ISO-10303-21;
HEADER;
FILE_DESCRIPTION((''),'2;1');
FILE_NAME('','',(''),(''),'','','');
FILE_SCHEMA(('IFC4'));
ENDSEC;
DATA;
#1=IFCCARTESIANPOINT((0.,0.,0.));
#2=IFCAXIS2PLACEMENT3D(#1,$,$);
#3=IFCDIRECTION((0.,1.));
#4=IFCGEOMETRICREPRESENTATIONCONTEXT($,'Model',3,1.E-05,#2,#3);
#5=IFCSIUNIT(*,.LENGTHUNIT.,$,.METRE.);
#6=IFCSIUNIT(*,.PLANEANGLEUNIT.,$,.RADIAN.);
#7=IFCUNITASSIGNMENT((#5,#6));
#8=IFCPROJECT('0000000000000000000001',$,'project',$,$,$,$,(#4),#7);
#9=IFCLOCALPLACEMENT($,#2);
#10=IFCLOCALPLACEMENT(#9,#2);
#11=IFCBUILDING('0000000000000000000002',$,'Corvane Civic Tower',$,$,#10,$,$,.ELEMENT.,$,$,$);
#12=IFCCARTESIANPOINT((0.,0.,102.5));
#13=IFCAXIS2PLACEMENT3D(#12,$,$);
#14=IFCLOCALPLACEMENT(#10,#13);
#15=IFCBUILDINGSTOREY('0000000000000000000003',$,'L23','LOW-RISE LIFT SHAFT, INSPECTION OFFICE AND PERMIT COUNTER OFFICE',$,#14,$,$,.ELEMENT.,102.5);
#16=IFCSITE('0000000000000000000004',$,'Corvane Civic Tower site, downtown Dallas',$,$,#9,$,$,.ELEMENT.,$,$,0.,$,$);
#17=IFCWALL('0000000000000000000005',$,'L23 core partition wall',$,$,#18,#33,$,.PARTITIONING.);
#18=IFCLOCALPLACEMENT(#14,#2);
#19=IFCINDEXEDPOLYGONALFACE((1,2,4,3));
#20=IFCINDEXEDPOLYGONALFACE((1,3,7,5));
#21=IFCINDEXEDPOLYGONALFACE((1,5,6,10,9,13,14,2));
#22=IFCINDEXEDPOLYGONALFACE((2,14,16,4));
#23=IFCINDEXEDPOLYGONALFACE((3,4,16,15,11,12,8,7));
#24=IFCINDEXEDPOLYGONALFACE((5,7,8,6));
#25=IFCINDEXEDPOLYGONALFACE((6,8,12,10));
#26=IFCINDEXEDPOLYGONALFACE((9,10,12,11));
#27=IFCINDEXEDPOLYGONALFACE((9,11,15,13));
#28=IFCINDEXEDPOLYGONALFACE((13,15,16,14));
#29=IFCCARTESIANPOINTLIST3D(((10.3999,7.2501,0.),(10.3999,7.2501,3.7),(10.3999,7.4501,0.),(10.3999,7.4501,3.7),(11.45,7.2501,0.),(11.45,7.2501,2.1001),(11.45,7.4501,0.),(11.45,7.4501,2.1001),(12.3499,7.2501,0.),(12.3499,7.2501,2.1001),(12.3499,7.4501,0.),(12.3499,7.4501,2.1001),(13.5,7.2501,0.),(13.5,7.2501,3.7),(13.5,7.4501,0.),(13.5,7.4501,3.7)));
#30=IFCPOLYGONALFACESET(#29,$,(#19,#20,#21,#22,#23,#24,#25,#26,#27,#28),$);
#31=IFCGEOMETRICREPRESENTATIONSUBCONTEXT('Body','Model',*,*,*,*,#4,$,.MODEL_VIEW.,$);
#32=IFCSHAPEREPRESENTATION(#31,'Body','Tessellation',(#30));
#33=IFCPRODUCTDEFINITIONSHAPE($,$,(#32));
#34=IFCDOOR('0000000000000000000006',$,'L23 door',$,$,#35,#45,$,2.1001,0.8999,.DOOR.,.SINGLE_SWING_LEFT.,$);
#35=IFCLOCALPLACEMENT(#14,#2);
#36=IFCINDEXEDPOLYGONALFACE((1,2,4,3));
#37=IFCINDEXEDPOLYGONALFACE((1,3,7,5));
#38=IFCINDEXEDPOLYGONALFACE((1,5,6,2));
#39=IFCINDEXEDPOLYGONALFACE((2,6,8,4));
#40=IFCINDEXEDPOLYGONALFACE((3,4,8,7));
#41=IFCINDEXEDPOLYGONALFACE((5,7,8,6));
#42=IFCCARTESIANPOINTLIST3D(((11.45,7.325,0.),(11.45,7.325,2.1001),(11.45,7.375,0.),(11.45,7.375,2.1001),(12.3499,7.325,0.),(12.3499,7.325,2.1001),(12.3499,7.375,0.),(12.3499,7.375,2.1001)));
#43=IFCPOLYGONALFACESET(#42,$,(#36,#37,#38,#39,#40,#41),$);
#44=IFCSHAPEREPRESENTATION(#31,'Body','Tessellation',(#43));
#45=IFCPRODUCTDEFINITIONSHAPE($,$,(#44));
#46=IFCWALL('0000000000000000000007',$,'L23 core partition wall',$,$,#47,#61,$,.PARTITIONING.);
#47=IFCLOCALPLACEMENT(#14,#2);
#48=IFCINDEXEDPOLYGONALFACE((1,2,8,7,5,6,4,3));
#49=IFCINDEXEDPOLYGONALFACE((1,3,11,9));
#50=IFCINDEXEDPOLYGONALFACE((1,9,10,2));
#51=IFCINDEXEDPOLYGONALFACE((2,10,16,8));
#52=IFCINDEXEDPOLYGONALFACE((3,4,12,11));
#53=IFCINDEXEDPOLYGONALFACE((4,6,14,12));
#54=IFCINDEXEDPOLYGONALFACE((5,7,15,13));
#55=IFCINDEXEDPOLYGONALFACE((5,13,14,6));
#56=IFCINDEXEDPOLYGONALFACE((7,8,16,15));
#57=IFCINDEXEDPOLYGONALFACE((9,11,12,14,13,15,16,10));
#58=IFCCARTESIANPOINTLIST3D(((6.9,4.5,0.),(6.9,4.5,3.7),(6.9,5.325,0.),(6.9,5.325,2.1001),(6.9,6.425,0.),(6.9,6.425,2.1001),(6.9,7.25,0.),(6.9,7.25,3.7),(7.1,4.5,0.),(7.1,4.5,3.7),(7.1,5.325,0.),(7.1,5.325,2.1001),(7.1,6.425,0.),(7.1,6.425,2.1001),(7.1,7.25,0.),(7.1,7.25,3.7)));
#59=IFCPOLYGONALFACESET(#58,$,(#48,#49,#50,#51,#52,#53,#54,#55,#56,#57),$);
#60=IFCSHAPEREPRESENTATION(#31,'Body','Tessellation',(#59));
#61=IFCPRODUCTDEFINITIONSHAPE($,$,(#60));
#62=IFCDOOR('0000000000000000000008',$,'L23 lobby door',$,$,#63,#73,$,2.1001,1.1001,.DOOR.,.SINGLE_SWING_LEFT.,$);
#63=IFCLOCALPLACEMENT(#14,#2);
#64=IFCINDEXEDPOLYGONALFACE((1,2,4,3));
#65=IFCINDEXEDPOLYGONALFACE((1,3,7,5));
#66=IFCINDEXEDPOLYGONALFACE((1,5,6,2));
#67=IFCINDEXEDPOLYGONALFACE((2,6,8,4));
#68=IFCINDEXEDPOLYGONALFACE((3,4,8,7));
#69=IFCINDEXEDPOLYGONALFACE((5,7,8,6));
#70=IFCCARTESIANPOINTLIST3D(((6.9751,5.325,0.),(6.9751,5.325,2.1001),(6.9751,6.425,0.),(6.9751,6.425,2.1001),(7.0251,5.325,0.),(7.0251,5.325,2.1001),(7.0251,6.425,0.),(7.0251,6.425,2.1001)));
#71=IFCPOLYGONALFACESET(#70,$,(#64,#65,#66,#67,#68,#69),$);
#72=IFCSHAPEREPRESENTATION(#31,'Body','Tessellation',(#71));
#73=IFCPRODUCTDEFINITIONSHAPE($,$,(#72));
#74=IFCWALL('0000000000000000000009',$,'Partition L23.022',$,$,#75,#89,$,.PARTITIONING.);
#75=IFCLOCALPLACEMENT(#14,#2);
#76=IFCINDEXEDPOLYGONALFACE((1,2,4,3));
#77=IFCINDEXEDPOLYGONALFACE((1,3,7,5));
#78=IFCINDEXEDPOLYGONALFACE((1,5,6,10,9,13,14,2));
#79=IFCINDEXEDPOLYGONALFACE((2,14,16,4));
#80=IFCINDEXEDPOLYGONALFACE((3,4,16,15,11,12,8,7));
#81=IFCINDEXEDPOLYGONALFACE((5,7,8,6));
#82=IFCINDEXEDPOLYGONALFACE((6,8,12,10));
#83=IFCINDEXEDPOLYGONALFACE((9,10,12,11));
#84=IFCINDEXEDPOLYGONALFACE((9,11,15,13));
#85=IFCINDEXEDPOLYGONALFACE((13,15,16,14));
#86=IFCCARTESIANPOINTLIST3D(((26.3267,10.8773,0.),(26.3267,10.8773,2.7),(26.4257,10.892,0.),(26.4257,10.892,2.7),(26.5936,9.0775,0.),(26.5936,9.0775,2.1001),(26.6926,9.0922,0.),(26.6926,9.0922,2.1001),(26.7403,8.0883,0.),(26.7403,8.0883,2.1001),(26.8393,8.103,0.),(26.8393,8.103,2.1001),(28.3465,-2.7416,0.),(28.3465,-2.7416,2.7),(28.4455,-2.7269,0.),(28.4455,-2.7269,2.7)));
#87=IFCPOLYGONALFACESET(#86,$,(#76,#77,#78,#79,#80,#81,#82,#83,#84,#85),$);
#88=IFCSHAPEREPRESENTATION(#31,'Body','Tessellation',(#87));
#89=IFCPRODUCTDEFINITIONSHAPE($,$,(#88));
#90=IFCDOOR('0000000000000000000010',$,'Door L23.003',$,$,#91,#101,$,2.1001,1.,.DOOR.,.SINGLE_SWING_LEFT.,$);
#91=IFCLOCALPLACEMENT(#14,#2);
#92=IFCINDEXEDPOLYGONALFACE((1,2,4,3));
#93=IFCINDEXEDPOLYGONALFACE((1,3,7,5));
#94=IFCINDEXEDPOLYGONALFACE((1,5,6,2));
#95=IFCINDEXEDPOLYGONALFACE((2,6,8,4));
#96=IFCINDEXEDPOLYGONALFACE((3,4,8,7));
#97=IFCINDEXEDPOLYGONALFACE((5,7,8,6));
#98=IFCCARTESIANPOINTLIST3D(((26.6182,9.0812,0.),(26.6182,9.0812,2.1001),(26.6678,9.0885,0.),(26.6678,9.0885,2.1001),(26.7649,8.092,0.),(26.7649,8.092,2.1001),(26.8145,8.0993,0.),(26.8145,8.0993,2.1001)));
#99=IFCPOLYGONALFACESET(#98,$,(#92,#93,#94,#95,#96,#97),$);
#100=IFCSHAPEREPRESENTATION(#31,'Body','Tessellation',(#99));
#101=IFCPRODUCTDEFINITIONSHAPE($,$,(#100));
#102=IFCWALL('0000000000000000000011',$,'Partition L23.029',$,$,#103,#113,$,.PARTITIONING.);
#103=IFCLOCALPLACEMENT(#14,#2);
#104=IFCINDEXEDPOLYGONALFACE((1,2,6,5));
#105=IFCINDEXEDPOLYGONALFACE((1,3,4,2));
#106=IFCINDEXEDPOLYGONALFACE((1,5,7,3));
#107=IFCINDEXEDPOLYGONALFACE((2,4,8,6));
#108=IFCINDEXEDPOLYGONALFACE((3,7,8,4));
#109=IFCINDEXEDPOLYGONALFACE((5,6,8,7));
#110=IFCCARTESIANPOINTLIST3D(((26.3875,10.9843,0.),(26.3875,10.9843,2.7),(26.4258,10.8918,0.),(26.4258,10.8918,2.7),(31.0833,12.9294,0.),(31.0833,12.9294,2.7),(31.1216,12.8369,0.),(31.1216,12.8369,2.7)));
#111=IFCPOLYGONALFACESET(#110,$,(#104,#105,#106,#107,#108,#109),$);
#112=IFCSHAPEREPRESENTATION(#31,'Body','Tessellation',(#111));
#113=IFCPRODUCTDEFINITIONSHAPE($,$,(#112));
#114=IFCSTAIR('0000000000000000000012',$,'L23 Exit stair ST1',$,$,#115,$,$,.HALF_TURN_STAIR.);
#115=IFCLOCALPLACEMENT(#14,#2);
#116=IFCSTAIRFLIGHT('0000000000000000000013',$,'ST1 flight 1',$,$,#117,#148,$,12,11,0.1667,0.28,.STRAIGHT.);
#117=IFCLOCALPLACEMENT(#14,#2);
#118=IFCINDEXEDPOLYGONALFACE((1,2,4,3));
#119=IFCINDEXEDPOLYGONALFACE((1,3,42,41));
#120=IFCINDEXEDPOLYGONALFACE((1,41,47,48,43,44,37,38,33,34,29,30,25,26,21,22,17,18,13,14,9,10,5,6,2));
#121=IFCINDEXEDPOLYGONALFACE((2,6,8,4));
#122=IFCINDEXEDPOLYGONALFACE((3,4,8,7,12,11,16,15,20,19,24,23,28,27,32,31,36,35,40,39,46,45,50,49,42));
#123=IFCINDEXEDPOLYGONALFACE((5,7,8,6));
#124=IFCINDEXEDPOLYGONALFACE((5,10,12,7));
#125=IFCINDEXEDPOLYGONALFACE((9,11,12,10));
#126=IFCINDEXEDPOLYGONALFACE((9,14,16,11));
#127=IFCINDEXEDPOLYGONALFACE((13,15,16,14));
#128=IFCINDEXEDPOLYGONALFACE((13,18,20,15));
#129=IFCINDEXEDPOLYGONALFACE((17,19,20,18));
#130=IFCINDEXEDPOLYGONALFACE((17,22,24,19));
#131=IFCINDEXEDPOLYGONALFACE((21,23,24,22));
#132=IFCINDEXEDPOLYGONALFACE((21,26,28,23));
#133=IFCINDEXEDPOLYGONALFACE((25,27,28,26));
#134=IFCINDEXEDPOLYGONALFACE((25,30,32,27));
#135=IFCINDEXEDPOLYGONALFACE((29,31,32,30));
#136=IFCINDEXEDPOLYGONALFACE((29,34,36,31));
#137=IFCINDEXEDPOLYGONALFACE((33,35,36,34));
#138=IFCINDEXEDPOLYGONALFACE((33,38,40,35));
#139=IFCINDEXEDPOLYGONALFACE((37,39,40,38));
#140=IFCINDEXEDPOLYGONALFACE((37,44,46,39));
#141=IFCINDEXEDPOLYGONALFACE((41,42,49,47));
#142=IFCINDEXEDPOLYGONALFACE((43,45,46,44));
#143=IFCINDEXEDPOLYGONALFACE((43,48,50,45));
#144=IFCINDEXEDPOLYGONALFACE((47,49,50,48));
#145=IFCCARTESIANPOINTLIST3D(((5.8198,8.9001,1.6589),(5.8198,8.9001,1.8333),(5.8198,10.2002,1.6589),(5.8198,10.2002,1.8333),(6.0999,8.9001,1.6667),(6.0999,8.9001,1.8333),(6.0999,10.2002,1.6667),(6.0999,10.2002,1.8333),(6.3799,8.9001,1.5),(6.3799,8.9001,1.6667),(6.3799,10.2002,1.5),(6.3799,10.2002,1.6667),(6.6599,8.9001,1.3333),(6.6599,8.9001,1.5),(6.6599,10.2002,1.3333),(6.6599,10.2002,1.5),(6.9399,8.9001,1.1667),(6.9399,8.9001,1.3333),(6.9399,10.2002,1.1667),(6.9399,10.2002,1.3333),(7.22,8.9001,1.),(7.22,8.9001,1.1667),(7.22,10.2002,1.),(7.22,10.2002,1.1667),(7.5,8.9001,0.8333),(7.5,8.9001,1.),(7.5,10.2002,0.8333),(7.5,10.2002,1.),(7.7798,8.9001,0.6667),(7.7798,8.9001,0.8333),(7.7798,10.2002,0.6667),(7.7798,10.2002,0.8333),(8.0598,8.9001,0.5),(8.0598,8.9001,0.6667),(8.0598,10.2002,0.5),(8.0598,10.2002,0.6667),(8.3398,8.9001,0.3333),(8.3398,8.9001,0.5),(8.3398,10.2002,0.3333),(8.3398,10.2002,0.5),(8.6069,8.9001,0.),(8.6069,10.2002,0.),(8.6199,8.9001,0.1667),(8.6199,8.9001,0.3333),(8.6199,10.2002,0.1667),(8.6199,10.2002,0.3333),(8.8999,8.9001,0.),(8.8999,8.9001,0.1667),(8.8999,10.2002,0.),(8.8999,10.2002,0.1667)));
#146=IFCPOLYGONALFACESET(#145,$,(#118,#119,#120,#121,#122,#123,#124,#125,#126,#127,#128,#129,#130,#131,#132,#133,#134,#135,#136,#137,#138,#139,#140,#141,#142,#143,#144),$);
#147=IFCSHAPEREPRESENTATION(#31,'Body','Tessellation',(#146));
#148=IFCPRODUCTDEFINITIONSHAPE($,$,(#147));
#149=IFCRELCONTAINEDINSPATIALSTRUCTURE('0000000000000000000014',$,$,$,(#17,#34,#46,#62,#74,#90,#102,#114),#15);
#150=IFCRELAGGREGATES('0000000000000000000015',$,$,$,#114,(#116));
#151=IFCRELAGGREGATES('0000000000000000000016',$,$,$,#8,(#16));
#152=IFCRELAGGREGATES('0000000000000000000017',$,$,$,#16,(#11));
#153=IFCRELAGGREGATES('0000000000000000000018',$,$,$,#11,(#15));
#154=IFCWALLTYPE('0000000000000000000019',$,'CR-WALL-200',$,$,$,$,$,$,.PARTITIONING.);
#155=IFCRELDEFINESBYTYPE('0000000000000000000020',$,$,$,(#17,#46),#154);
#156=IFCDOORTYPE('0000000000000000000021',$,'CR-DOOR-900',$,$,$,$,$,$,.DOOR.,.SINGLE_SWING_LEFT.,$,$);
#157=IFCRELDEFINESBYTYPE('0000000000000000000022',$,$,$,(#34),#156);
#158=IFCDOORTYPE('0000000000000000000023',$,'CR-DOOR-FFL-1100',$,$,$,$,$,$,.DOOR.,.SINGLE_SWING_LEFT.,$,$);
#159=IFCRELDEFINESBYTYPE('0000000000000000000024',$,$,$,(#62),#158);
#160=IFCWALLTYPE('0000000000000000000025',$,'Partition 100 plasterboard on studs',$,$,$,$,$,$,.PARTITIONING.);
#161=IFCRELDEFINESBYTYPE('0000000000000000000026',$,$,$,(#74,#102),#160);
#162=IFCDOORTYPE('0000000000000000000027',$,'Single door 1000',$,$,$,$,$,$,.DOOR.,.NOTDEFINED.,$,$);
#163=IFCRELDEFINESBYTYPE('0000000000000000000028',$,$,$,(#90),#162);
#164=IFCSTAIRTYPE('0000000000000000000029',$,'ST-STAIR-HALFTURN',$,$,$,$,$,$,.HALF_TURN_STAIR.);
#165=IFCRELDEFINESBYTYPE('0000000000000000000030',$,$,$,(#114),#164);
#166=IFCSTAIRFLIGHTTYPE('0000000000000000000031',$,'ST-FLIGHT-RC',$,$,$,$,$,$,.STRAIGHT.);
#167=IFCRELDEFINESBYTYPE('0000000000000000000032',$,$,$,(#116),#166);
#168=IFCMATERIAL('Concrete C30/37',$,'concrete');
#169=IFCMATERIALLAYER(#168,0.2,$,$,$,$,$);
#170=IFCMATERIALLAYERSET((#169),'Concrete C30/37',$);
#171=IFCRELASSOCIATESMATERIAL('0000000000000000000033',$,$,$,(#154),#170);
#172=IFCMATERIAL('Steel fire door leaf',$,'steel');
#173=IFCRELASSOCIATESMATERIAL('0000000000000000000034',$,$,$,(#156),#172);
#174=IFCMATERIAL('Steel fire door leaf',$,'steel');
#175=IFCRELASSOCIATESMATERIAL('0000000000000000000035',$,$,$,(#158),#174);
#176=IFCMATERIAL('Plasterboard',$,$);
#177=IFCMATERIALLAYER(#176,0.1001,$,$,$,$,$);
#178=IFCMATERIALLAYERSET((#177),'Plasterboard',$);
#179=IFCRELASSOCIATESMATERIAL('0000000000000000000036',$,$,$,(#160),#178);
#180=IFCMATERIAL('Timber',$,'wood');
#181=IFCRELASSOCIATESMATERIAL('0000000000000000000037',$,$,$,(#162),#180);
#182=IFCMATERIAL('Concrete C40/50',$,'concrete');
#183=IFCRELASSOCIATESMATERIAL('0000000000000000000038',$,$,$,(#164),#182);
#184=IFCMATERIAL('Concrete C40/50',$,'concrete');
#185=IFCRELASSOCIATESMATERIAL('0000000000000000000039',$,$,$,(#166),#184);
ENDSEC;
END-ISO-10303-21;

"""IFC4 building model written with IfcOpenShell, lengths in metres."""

from ifc_helpers import new_model, si_unit, direction, frame, frame_2d, origin, place, context, subcontext, project, spatial, polyline, rectangle, outline, extrude, material, layer, layer_set, type_object, element, fill, aggregate, save


model = new_model("IFC4")

# Units and contexts
model_context = context("Model", 3, precision=1e-05, world=origin(), true_north=direction((0.0, 1.0)))
body_context = subcontext(model_context, "Body", "Model", "MODEL_VIEW")
ifc_project = project(units=[si_unit("LENGTHUNIT", "METRE"), si_unit("PLANEANGLEUNIT", "RADIAN")], contexts=[model_context])

# Site, building, storey
site_placement = place(None, origin())
site = spatial("IfcSite", under=ifc_project, at=site_placement, Name="Corvane Civic Tower site, downtown Dallas", CompositionType="ELEMENT", RefElevation=0.0)
building_placement = place(site_placement, origin())
building = spatial("IfcBuilding", under=site, at=building_placement, Name="Corvane Civic Tower", CompositionType="ELEMENT")
storey_placement = place(building_placement, frame((0.0, 0.0, 102.5)))
storey = spatial("IfcBuildingStorey", under=building, at=storey_placement, Name="L23", Description="LOW-RISE LIFT SHAFT, INSPECTION OFFICE AND PERMIT COUNTER OFFICE", CompositionType="ELEMENT", Elevation=102.5)

# Walls, openings, doors
ifc_material_1 = material(Name="Concrete C30/37", Category="concrete")
ifc_layer_1 = layer(ifc_material_1, 0.2)
ifc_layer_set_1 = layer_set([ifc_layer_1], Name="Concrete C30/37")
wall_type_1 = type_object("IfcWallType", Name="CR-WALL-200", PredefinedType="PARTITIONING", material=ifc_layer_set_1)
wall_1_placement = place(storey_placement, frame((10.3999, 7.3501, 0.0), z_axis=(0.0, 0.0, 1.0), x_axis=(1.0, 0.0, 0.0)))
wall_1 = element("IfcWall", 1, at=wall_1_placement, inside=storey, type_object=wall_type_1, Name="L23 core partition wall", PredefinedType="PARTITIONING", context=body_context, shape_type="SweptSolid", body=[
    extrude(rectangle(XDim=3.1001, YDim=0.2, at=frame_2d((1.55, 0.0))), origin(), (0.0, 0.0, 1.0), 3.7),
])
opening_1_placement = place(wall_1_placement, frame((1.05, 0.0, 0.0)))
opening_1 = element("IfcOpeningElement", 2, at=opening_1_placement, cuts=wall_1, PredefinedType="OPENING", context=body_context, shape_type="SweptSolid", body=[
    extrude(rectangle(XDim=0.8999, YDim=2.1001, at=frame_2d((0.45, 1.05))), frame((0.0, 0.1099, 0.0), z_axis=(0.0, -1.0, 0.0), x_axis=(1.0, 0.0, 0.0)), (0.0, 0.0, 1.0), 0.22),
])
ifc_material_2 = material(Name="Steel fire door leaf", Category="steel")
door_type_1 = type_object("IfcDoorType", Name="CR-DOOR-900", OperationType="SINGLE_SWING_LEFT", PredefinedType="DOOR", material=ifc_material_2)
door_1_placement = place(opening_1_placement, origin())
door_1 = element("IfcDoor", 3, at=door_1_placement, inside=storey, type_object=door_type_1, Name="L23 door", OperationType="SINGLE_SWING_LEFT", OverallHeight=2.1001, OverallWidth=0.8999, PredefinedType="DOOR", context=body_context, shape_type="SweptSolid", body=[
    extrude(rectangle(XDim=0.8999, YDim=2.1001, at=frame_2d((0.45, 1.05))), frame((0.0, 0.0249, 0.0), z_axis=(0.0, -1.0, 0.0), x_axis=(1.0, 0.0, 0.0)), (0.0, 0.0, 1.0), 0.05),
])
fill(opening_1, door_1)
wall_2_placement = place(storey_placement, frame((7.0, 4.5, 0.0), z_axis=(0.0, 0.0, 1.0), x_axis=(0.0, 1.0, 0.0)))
wall_2 = element("IfcWall", 4, at=wall_2_placement, inside=storey, type_object=wall_type_1, Name="L23 core partition wall", PredefinedType="PARTITIONING", context=body_context, shape_type="SweptSolid", body=[
    extrude(rectangle(XDim=2.75, YDim=0.2, at=frame_2d((1.375, 0.0))), origin(), (0.0, 0.0, 1.0), 3.7),
])
opening_2_placement = place(wall_2_placement, frame((0.825, 0.0, 0.0)))
opening_2 = element("IfcOpeningElement", 5, at=opening_2_placement, cuts=wall_2, PredefinedType="OPENING", context=body_context, shape_type="SweptSolid", body=[
    extrude(rectangle(XDim=1.1001, YDim=2.1001, at=frame_2d((0.55, 1.05))), frame((0.0, 0.1099, 0.0), z_axis=(0.0, -1.0, 0.0), x_axis=(1.0, 0.0, 0.0)), (0.0, 0.0, 1.0), 0.22),
])
ifc_material_3 = material(Name="Steel fire door leaf", Category="steel")
door_type_2 = type_object("IfcDoorType", Name="CR-DOOR-FFL-1100", OperationType="SINGLE_SWING_LEFT", PredefinedType="DOOR", material=ifc_material_3)
door_2_placement = place(opening_2_placement, origin())
door_2 = element("IfcDoor", 6, at=door_2_placement, inside=storey, type_object=door_type_2, Name="L23 lobby door", OperationType="SINGLE_SWING_LEFT", OverallHeight=2.1001, OverallWidth=1.1001, PredefinedType="DOOR", context=body_context, shape_type="SweptSolid", body=[
    extrude(rectangle(XDim=1.1001, YDim=2.1001, at=frame_2d((0.55, 1.05))), frame((0.0, 0.0249, 0.0), z_axis=(0.0, -1.0, 0.0), x_axis=(1.0, 0.0, 0.0)), (0.0, 0.0, 1.0), 0.05),
])
fill(opening_2, door_2)
ifc_material_4 = material(Name="Plasterboard")
ifc_layer_2 = layer(ifc_material_4, 0.1001)
ifc_layer_set_2 = layer_set([ifc_layer_2], Name="Plasterboard")
wall_type_2 = type_object("IfcWallType", Name="Partition 100 plasterboard on studs", PredefinedType="PARTITIONING", material=ifc_layer_set_2)
wall_3_placement = place(storey_placement, frame((26.3762, 10.8845, 0.0), z_axis=(0.0, 0.0, 1.0), x_axis=(0.146702, -0.989181, 0.0)))
wall_3 = element("IfcWall", 7, at=wall_3_placement, inside=storey, type_object=wall_type_2, Name="Partition L23.022", PredefinedType="PARTITIONING", context=body_context, shape_type="SweptSolid", body=[
    extrude(rectangle(XDim=13.7678, YDim=0.1001, at=frame_2d((6.8838, 0.0))), origin(), (0.0, 0.0, 1.0), 2.7),
])
opening_3_placement = place(wall_3_placement, frame((1.8193, 0.0, 0.0)))
opening_3 = element("IfcOpeningElement", 8, at=opening_3_placement, cuts=wall_3, PredefinedType="OPENING", context=body_context, shape_type="SweptSolid", body=[
    extrude(rectangle(XDim=1.0, YDim=2.1001, at=frame_2d((0.5, 1.05))), frame((0.0, 0.0601, 0.0), z_axis=(0.0, -1.0, 0.0), x_axis=(1.0, 0.0, 0.0)), (0.0, 0.0, 1.0), 0.1201),
])
ifc_material_5 = material(Name="Timber", Category="wood")
door_type_3 = type_object("IfcDoorType", Name="Single door 1000", OperationType="NOTDEFINED", PredefinedType="DOOR", material=ifc_material_5)
door_3_placement = place(opening_3_placement, origin())
door_3 = element("IfcDoor", 9, at=door_3_placement, inside=storey, type_object=door_type_3, Name="Door L23.003", OperationType="SINGLE_SWING_LEFT", OverallHeight=2.1001, OverallWidth=1.0, PredefinedType="DOOR", context=body_context, shape_type="SweptSolid", body=[
    extrude(rectangle(XDim=1.0, YDim=2.1001, at=frame_2d((0.5, 1.05))), frame((0.0, 0.0249, 0.0), z_axis=(0.0, -1.0, 0.0), x_axis=(1.0, 0.0, 0.0)), (0.0, 0.0, 1.0), 0.05),
])
fill(opening_3, door_3)

# Wall
wall_4_placement = place(storey_placement, frame((26.4065, 10.938, 0.0), z_axis=(0.0, 0.0, 1.0), x_axis=(0.923879, 0.382684, 0.0)))
element("IfcWall", 10, at=wall_4_placement, inside=storey, type_object=wall_type_2, Name="Partition L23.029", PredefinedType="PARTITIONING", context=body_context, shape_type="SweptSolid", body=[
    extrude(rectangle(XDim=5.0828, YDim=0.1001, at=frame_2d((2.5415, 0.0))), origin(), (0.0, 0.0, 1.0), 2.7),
])

# Stair, stair flight
ifc_material_6 = material(Name="Concrete C40/50", Category="concrete")
stair_type = type_object("IfcStairType", Name="ST-STAIR-HALFTURN", PredefinedType="HALF_TURN_STAIR", material=ifc_material_6)
stair_placement = place(storey_placement, origin())
stair = element("IfcStair", 11, at=stair_placement, inside=storey, type_object=stair_type, Name="L23 Exit stair ST1", PredefinedType="HALF_TURN_STAIR")
ifc_material_7 = material(Name="Concrete C40/50", Category="concrete")
stair_flight_type = type_object("IfcStairFlightType", Name="ST-FLIGHT-RC", PredefinedType="STRAIGHT", material=ifc_material_7)
stair_flight_placement = place(storey_placement, frame((8.8999, 9.55, 0.0), z_axis=(0.0, 0.0, 1.0), x_axis=(-1.0, 0.0, 0.0)))
stair_flight = element("IfcStairFlight", 12, at=stair_flight_placement, type_object=stair_flight_type, Name="ST1 flight 1", NumberOfRisers=12, NumberOfTreads=11, PredefinedType="STRAIGHT", RiserHeight=0.1667, TreadLength=0.28, context=body_context, shape_type="SweptSolid", body=[
    extrude(outline(polyline([(0.0, 0.0), (0.0, 0.1667), (0.28, 0.1667), (0.28, 0.3333), (0.5601, 0.3333), (0.5601, 0.5), (0.8401, 0.5), (0.8401, 0.6667), (1.1201, 0.6667), (1.1201, 0.8333), (1.3999, 0.8333), (1.3999, 1.0), (1.6799, 1.0), (1.6799, 1.1667), (1.96, 1.1667), (1.96, 1.3333), (2.24, 1.3333), (2.24, 1.5), (2.52, 1.5), (2.52, 1.6667), (2.8, 1.6667), (2.8, 1.8333), (3.0801, 1.8333), (3.0801, 2.0), (3.0801, 1.6589), (0.293, 0.0), (0.0, 0.0)])), frame((0.0, 0.6499, 0.0), z_axis=(0.0, -1.0, 0.0), x_axis=(1.0, 0.0, 0.0)), (0.0, 0.0, 1.0), 1.3),
])
aggregate(stair, [stair_flight])

save(model, "model.ifc")
